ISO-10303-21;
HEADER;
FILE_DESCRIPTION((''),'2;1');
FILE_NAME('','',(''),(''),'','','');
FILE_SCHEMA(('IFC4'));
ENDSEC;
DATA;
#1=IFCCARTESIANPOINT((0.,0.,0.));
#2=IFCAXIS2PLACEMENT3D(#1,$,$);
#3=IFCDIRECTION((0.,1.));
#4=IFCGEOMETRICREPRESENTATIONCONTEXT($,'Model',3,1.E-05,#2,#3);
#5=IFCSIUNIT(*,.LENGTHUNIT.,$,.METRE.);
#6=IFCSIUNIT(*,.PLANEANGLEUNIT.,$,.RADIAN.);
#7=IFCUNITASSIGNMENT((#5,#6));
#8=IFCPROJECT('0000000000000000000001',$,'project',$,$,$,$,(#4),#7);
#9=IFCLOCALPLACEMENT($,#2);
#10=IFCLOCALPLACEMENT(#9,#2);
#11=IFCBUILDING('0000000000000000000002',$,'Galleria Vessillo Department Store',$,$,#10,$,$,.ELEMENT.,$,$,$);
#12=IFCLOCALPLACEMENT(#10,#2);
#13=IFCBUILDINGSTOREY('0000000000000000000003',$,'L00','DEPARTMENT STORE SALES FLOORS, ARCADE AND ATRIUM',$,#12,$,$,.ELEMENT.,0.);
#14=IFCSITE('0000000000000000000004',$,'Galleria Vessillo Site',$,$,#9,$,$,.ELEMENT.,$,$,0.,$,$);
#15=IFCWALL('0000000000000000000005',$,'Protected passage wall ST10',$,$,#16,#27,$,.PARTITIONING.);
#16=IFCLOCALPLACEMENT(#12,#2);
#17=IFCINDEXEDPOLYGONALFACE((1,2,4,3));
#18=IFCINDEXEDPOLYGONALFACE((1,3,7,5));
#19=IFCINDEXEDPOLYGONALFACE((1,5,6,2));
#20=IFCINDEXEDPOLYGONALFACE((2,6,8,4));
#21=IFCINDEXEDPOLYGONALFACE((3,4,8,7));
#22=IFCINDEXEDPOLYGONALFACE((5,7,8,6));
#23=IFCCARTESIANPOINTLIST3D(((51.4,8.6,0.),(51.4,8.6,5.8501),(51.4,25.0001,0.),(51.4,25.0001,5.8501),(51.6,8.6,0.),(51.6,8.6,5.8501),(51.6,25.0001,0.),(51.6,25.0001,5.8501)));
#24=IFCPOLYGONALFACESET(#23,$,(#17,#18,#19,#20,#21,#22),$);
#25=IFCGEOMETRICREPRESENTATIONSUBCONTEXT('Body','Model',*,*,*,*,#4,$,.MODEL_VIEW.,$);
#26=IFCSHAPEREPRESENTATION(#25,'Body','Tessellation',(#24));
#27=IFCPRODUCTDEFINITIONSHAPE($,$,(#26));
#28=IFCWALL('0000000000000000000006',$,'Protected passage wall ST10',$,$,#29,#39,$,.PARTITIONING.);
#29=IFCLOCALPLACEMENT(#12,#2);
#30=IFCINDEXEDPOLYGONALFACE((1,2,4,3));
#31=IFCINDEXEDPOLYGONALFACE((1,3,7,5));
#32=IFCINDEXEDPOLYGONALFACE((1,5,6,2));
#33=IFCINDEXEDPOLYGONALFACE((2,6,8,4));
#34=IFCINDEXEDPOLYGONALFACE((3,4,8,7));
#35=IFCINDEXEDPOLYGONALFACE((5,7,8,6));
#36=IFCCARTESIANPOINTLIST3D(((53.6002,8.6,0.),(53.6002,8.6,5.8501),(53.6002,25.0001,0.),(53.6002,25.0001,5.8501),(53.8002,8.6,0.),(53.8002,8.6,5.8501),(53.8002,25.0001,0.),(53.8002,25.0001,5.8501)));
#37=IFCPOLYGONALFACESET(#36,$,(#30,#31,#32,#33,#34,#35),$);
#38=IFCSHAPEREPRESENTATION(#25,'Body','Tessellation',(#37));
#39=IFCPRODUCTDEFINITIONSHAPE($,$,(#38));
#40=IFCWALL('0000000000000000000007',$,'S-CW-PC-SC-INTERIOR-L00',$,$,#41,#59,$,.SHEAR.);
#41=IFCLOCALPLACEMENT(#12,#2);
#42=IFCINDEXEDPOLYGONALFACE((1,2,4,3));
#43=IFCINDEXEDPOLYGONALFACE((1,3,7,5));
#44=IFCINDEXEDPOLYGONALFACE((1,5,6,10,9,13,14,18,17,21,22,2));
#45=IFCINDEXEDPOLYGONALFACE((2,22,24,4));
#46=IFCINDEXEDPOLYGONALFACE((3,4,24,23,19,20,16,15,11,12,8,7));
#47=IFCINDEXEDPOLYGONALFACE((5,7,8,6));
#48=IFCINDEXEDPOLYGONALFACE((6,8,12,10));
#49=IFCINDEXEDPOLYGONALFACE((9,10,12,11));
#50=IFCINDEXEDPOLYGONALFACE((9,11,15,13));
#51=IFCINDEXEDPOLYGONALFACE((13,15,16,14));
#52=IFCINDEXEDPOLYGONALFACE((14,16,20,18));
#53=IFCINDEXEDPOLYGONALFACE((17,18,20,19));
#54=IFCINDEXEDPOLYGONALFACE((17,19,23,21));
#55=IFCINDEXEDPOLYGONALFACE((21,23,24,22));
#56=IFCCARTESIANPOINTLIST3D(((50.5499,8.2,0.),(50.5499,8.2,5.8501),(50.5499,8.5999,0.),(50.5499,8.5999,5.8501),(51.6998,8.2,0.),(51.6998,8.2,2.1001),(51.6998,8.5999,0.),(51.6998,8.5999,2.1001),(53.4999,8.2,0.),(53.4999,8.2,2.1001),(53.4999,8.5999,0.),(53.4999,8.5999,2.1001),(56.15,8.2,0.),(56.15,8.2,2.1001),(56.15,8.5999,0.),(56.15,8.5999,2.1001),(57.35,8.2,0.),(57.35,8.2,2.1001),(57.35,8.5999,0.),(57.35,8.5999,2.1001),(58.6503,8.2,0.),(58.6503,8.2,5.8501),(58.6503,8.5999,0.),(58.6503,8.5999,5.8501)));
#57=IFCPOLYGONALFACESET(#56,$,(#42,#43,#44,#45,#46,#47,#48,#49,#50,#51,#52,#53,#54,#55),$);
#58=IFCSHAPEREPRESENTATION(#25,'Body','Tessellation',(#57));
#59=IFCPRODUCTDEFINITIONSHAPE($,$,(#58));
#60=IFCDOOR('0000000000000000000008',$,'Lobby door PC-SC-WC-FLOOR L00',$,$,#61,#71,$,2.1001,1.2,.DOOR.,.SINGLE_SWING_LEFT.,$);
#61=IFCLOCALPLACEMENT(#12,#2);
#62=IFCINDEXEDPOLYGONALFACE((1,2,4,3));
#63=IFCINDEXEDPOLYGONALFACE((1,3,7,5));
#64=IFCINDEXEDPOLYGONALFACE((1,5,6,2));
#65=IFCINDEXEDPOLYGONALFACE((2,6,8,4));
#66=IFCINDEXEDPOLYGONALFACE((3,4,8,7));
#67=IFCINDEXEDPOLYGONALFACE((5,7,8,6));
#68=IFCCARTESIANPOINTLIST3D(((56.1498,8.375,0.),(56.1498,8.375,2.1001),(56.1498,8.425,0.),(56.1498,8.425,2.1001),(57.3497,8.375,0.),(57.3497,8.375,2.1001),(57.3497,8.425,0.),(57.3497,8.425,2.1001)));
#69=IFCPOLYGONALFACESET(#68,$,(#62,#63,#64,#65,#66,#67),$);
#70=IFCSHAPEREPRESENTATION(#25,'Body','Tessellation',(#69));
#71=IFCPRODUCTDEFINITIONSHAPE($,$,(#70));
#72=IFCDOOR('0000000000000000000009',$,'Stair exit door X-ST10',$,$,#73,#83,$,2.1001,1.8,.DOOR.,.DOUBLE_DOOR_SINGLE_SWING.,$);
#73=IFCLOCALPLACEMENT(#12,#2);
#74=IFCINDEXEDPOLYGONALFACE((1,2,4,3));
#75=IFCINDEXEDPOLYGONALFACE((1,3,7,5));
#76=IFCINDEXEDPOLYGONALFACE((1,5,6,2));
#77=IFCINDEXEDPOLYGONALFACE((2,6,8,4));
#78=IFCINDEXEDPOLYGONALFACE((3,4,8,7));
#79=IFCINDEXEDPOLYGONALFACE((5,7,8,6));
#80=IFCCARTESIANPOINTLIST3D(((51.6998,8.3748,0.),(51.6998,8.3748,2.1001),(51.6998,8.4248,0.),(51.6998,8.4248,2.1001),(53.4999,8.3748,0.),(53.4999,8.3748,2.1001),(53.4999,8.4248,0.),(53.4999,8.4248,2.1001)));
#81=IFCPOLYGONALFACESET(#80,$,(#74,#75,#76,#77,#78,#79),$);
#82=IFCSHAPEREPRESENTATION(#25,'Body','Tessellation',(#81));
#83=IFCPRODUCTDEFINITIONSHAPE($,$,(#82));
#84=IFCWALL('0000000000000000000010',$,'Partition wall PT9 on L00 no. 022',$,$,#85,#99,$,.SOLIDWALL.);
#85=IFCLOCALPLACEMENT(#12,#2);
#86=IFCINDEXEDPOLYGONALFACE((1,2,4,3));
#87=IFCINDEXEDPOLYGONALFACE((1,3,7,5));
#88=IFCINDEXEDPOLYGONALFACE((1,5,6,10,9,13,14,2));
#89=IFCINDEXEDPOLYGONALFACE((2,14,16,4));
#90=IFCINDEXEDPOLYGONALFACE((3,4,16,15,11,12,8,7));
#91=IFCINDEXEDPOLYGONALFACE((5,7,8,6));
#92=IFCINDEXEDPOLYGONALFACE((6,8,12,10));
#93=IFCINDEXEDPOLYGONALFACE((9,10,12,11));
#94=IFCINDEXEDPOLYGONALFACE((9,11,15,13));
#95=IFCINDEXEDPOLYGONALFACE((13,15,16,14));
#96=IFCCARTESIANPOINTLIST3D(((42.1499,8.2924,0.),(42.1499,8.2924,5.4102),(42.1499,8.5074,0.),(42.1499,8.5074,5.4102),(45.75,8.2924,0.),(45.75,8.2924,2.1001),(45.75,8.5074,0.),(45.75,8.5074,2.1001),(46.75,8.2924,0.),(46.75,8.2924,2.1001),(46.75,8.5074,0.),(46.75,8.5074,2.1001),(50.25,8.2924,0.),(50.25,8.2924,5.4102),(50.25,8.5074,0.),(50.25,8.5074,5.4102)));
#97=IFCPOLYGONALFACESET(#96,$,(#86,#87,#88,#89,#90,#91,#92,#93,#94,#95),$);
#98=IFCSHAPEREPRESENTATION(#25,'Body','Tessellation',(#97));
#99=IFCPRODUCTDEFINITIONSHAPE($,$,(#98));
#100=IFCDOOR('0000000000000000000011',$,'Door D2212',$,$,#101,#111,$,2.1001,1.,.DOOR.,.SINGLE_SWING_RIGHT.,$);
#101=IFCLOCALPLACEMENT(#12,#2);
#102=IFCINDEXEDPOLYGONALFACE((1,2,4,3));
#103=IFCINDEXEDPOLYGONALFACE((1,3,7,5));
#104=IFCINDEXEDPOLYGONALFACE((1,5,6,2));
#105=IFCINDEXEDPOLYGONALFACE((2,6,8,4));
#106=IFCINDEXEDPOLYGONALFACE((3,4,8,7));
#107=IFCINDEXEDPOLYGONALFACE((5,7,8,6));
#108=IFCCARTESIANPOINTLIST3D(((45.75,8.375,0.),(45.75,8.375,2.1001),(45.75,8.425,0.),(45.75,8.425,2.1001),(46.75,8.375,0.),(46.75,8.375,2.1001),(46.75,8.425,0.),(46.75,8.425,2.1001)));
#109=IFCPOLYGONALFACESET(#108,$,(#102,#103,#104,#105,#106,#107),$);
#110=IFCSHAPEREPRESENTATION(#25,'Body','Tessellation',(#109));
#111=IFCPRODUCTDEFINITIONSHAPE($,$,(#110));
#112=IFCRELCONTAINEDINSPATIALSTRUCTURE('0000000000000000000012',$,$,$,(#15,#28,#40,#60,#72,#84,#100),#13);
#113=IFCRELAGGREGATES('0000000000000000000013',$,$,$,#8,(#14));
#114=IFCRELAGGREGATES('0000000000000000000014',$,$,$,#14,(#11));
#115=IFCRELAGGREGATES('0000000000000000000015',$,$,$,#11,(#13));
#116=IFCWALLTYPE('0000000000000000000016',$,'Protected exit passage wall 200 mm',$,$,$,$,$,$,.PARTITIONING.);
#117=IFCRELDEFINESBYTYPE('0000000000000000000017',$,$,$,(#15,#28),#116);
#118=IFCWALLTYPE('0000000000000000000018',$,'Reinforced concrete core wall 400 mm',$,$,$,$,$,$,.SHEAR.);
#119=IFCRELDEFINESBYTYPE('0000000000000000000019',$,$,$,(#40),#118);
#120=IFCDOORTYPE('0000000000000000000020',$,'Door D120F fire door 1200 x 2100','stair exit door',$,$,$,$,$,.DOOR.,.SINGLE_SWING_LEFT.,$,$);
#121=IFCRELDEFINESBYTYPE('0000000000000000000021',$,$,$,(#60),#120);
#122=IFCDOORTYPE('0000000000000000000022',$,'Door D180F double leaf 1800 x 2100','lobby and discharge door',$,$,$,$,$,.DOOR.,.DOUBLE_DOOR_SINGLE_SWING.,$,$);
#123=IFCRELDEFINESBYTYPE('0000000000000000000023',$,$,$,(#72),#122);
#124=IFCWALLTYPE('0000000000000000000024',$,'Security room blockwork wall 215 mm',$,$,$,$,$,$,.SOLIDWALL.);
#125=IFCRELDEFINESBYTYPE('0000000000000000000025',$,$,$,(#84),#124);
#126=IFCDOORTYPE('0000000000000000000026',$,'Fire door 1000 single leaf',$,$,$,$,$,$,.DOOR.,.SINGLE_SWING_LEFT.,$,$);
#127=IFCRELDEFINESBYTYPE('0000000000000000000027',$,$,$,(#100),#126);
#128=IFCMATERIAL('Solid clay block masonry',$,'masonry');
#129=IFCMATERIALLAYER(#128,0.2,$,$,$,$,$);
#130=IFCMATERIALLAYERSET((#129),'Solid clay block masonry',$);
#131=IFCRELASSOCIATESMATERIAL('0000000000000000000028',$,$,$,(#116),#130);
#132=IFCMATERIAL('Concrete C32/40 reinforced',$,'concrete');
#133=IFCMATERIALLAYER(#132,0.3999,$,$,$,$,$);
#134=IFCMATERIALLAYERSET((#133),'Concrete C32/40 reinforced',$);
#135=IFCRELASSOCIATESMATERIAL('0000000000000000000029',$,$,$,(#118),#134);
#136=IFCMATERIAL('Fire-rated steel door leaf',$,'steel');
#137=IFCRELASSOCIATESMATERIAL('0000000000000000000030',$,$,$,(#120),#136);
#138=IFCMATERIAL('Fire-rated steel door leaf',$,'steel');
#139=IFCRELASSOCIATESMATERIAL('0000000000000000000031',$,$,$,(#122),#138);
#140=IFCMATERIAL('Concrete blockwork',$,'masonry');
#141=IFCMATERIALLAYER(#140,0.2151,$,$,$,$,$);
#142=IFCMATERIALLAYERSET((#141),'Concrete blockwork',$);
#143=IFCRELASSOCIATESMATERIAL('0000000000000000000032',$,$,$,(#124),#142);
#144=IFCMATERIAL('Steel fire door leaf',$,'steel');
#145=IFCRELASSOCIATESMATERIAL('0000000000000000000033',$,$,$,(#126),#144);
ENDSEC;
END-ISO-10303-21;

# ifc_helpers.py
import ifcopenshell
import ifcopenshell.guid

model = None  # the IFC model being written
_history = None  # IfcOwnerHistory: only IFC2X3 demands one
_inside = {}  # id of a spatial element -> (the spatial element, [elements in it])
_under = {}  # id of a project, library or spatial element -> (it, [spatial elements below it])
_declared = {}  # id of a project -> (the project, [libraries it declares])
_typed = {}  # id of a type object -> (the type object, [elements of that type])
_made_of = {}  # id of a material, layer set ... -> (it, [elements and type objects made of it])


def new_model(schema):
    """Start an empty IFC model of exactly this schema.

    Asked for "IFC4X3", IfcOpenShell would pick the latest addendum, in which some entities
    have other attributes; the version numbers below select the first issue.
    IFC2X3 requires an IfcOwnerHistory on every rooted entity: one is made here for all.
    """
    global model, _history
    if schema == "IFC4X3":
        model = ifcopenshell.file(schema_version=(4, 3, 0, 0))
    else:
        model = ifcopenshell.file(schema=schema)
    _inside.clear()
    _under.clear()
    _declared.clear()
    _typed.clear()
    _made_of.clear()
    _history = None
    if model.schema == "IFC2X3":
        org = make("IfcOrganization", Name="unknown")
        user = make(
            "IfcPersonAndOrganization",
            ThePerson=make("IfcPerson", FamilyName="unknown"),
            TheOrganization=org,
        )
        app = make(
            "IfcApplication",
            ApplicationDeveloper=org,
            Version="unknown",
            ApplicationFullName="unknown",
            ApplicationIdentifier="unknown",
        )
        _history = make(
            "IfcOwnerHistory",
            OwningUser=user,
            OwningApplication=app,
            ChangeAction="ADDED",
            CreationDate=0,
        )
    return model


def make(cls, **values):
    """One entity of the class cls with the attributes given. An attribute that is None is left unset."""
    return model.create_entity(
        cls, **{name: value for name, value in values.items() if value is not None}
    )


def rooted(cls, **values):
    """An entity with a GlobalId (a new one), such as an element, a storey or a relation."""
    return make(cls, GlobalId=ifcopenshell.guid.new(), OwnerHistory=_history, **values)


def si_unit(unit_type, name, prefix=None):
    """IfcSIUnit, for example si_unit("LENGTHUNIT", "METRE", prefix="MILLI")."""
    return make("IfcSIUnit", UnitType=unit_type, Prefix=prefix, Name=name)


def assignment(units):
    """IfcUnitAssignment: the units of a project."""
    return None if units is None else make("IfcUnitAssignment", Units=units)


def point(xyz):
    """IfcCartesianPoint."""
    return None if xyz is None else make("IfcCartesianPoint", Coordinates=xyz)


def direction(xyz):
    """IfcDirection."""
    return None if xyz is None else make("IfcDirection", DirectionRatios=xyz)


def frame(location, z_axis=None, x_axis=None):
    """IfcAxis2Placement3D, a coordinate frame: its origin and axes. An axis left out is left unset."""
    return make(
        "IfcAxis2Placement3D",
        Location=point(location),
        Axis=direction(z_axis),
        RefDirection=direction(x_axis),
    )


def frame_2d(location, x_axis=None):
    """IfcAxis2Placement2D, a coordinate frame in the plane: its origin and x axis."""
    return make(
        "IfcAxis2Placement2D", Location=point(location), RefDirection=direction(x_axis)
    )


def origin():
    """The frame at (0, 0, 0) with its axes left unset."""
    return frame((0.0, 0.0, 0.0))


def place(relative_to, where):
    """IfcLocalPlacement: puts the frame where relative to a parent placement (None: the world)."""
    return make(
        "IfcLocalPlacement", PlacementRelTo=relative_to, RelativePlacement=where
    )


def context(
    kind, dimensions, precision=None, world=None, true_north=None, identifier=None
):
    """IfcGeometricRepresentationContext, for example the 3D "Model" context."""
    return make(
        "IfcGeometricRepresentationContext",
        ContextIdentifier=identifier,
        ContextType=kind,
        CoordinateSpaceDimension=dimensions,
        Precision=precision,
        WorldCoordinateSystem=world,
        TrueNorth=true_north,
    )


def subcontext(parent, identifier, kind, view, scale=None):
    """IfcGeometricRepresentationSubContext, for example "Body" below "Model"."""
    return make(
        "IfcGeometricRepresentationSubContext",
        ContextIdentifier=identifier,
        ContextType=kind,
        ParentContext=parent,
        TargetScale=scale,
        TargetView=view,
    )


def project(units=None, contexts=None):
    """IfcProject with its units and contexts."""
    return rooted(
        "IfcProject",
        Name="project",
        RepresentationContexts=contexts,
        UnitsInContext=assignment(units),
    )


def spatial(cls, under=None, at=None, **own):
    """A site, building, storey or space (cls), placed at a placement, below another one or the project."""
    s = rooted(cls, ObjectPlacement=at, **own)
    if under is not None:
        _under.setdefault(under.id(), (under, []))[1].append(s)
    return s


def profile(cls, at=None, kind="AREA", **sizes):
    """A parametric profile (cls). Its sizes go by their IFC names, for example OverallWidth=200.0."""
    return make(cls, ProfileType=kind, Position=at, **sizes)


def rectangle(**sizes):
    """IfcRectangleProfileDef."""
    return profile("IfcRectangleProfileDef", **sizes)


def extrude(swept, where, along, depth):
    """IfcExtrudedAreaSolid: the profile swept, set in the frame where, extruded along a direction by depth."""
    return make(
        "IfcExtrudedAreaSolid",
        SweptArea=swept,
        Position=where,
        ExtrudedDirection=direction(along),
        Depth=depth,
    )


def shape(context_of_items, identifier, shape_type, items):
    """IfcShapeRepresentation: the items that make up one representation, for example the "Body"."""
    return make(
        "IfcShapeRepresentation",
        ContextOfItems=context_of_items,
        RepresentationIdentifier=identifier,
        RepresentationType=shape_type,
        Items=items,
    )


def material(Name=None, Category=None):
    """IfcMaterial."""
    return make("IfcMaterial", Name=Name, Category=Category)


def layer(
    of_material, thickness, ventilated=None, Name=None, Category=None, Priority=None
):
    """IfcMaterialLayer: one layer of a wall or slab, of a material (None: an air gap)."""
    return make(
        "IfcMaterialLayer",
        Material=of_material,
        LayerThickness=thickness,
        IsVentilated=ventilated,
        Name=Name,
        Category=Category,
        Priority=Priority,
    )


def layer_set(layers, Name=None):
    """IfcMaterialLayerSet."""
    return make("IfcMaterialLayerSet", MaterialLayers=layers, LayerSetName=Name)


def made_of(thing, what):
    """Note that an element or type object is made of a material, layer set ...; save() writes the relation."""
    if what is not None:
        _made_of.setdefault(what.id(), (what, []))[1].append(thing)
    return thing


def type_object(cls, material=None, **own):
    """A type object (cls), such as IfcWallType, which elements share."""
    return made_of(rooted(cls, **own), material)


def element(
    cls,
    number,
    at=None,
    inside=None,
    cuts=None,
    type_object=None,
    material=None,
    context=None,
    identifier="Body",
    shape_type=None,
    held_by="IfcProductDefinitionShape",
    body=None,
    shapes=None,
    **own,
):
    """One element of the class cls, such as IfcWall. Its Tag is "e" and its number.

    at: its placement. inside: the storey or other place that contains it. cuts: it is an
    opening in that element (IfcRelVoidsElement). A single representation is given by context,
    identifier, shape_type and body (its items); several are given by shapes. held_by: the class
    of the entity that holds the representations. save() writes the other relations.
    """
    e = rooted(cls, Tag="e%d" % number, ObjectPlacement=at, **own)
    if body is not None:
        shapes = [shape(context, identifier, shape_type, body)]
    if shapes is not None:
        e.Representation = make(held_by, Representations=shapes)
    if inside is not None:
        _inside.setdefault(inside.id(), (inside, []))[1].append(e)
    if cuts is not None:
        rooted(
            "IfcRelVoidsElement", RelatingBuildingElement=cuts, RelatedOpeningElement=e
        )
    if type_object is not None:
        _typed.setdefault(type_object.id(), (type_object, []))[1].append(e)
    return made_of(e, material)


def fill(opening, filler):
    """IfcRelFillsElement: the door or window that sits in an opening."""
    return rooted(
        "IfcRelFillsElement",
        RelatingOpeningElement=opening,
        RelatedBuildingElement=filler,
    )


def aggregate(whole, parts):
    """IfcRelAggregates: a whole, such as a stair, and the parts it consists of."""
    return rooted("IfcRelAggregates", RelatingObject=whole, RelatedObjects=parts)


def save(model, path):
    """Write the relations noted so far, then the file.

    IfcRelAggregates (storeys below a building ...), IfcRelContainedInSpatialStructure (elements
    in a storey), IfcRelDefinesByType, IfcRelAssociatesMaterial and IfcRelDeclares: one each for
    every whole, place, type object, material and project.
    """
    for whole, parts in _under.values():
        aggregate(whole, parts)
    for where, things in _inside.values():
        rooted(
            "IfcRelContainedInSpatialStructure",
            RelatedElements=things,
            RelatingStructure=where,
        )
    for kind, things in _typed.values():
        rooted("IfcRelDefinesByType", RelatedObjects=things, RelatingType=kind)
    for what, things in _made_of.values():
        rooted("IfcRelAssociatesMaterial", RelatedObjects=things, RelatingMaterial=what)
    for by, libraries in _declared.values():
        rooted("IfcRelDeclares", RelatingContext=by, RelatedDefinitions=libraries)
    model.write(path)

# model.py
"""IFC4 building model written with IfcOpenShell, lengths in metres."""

from ifc_helpers import new_model, si_unit, direction, frame, frame_2d, origin, place, context, subcontext, project, spatial, rectangle, extrude, material, layer, layer_set, type_object, element, fill, save


model = new_model("IFC4")

# Units and contexts
model_context = context("Model", 3, precision=1e-05, world=origin(), true_north=direction((0.0, 1.0)))
body_context = subcontext(model_context, "Body", "Model", "MODEL_VIEW")
ifc_project = project(units=[si_unit("LENGTHUNIT", "METRE"), si_unit("PLANEANGLEUNIT", "RADIAN")], contexts=[model_context])

# Site, building, storey
site_placement = place(None, origin())
site = spatial("IfcSite", under=ifc_project, at=site_placement, Name="Galleria Vessillo Site", CompositionType="ELEMENT", RefElevation=0.0)
building_placement = place(site_placement, origin())
building = spatial("IfcBuilding", under=site, at=building_placement, Name="Galleria Vessillo Department Store", CompositionType="ELEMENT")
storey_placement = place(building_placement, origin())
storey = spatial("IfcBuildingStorey", under=building, at=storey_placement, Name="L00", Description="DEPARTMENT STORE SALES FLOORS, ARCADE AND ATRIUM", CompositionType="ELEMENT", Elevation=0.0)

# Walls
ifc_material_1 = material(Name="Solid clay block masonry", Category="masonry")
ifc_layer_1 = layer(ifc_material_1, 0.2)
ifc_layer_set_1 = layer_set([ifc_layer_1], Name="Solid clay block masonry")
wall_type_1 = type_object("IfcWallType", Name="Protected exit passage wall 200 mm", PredefinedType="PARTITIONING", material=ifc_layer_set_1)
for number, where, z_axis, x_axis, name in (
    (1, (51.5, 8.5999, 0.0), (0.0, 0.0, 1.0), (0.0, 1.0, 0.0), "Protected passage wall ST10"),
    (2, (53.7002, 8.5999, 0.0), (0.0, 0.0, 1.0), (0.0, 1.0, 0.0), "Protected passage wall ST10"),
):
    element("IfcWall", number, at=place(storey_placement, frame(where, z_axis=z_axis, x_axis=x_axis)), inside=storey, type_object=wall_type_1, Name=name, PredefinedType="PARTITIONING", context=body_context, shape_type="SweptSolid", body=[
        extrude(rectangle(XDim=16.4001, YDim=0.2, at=frame_2d((8.2002, 0.0))), origin(), (0.0, 0.0, 1.0), 5.8501),
    ])

# Wall, openings, doors
ifc_material_2 = material(Name="Concrete C32/40 reinforced", Category="concrete")
ifc_layer_2 = layer(ifc_material_2, 0.3999)
ifc_layer_set_2 = layer_set([ifc_layer_2], Name="Concrete C32/40 reinforced")
wall_type_2 = type_object("IfcWallType", Name="Reinforced concrete core wall 400 mm", PredefinedType="SHEAR", material=ifc_layer_set_2)
wall_1_placement = place(storey_placement, frame((50.5498, 8.3999, 0.0), z_axis=(0.0, 0.0, 1.0), x_axis=(1.0, 0.0, 0.0)))
wall_1 = element("IfcWall", 3, at=wall_1_placement, inside=storey, type_object=wall_type_2, Name="S-CW-PC-SC-INTERIOR-L00", PredefinedType="SHEAR", context=body_context, shape_type="SweptSolid", body=[
    extrude(rectangle(XDim=8.1003, YDim=0.3999, at=frame_2d((4.0503, 0.0))), origin(), (0.0, 0.0, 1.0), 5.8501),
])
opening_1_placement = place(wall_1_placement, frame((5.6001, 0.0, 0.0)))
opening_1 = element("IfcOpeningElement", 4, at=opening_1_placement, cuts=wall_1, PredefinedType="OPENING", context=body_context, shape_type="SweptSolid", body=[
    extrude(rectangle(XDim=1.2, YDim=2.1001, at=frame_2d((0.6001, 1.05))), frame((0.0, 0.21, 0.0), z_axis=(0.0, -1.0, 0.0), x_axis=(1.0, 0.0, 0.0)), (0.0, 0.0, 1.0), 0.4199),
])
opening_2_placement = place(wall_1_placement, frame((1.1501, 0.0, 0.0)))
opening_2 = element("IfcOpeningElement", 5, at=opening_2_placement, cuts=wall_1, PredefinedType="OPENING", context=body_context, shape_type="SweptSolid", body=[
    extrude(rectangle(XDim=1.8, YDim=2.1001, at=frame_2d((0.8999, 1.05))), frame((0.0, 0.21, 0.0), z_axis=(0.0, -1.0, 0.0), x_axis=(1.0, 0.0, 0.0)), (0.0, 0.0, 1.0), 0.4199),
])
ifc_material_3 = material(Name="Fire-rated steel door leaf", Category="steel")
door_type_1 = type_object("IfcDoorType", Name="Door D120F fire door 1200 x 2100", Description="stair exit door", OperationType="SINGLE_SWING_LEFT", PredefinedType="DOOR", material=ifc_material_3)
door_1_placement = place(opening_1_placement, frame((1.2, 0.0, 0.0), z_axis=(0.0, 0.0, 1.0), x_axis=(-1.0, 0.0, 0.0)))
door_1 = element("IfcDoor", 6, at=door_1_placement, inside=storey, type_object=door_type_1, Name="Lobby door PC-SC-WC-FLOOR L00", OperationType="SINGLE_SWING_LEFT", OverallHeight=2.1001, OverallWidth=1.2, PredefinedType="DOOR", context=body_context, shape_type="SweptSolid", body=[
    extrude(rectangle(XDim=1.2, YDim=2.1001, at=frame_2d((0.6001, 1.05))), frame((0.0, 0.0249, 0.0), z_axis=(0.0, -1.0, 0.0), x_axis=(1.0, 0.0, 0.0)), (0.0, 0.0, 1.0), 0.05),
])
fill(opening_1, door_1)
ifc_material_4 = material(Name="Fire-rated steel door leaf", Category="steel")
door_type_2 = type_object("IfcDoorType", Name="Door D180F double leaf 1800 x 2100", Description="lobby and discharge door", OperationType="DOUBLE_DOOR_SINGLE_SWING", PredefinedType="DOOR", material=ifc_material_4)
door_2_placement = place(opening_2_placement, origin())
door_2 = element("IfcDoor", 7, at=door_2_placement, inside=storey, type_object=door_type_2, Name="Stair exit door X-ST10", OperationType="DOUBLE_DOOR_SINGLE_SWING", OverallHeight=2.1001, OverallWidth=1.8, PredefinedType="DOOR", context=body_context, shape_type="SweptSolid", body=[
    extrude(rectangle(XDim=1.8, YDim=2.1001, at=frame_2d((0.8999, 1.05))), frame((0.0, 0.0249, 0.0), z_axis=(0.0, -1.0, 0.0), x_axis=(1.0, 0.0, 0.0)), (0.0, 0.0, 1.0), 0.05),
])
fill(opening_2, door_2)

# Wall, opening, door
ifc_material_5 = material(Name="Concrete blockwork", Category="masonry")
ifc_layer_3 = layer(ifc_material_5, 0.2151)
ifc_layer_set_3 = layer_set([ifc_layer_3], Name="Concrete blockwork")
wall_type_3 = type_object("IfcWallType", Name="Security room blockwork wall 215 mm", PredefinedType="SOLIDWALL", material=ifc_layer_set_3)
wall_2_placement = place(storey_placement, frame((42.1499, 8.3999, 0.0), z_axis=(0.0, 0.0, 1.0), x_axis=(1.0, 0.0, 0.0)))
wall_2 = element("IfcWall", 8, at=wall_2_placement, inside=storey, type_object=wall_type_3, Name="Partition wall PT9 on L00 no. 022", PredefinedType="SOLIDWALL", context=body_context, shape_type="SweptSolid", body=[
    extrude(rectangle(XDim=8.1001, YDim=0.2151, at=frame_2d((4.05, 0.0))), origin(), (0.0, 0.0, 1.0), 5.4102),
])
opening_3_placement = place(wall_2_placement, frame((3.6001, 0.0, 0.0)))
opening_3 = element("IfcOpeningElement", 9, at=opening_3_placement, cuts=wall_2, PredefinedType="OPENING", context=body_context, shape_type="SweptSolid", body=[
    extrude(rectangle(XDim=1.0, YDim=2.1001, at=frame_2d((0.5, 1.05))), frame((0.0, 0.1177, 0.0), z_axis=(0.0, -1.0, 0.0), x_axis=(1.0, 0.0, 0.0)), (0.0, 0.0, 1.0), 0.2351),
])
ifc_material_6 = material(Name="Steel fire door leaf", Category="steel")
door_type_3 = type_object("IfcDoorType", Name="Fire door 1000 single leaf", OperationType="SINGLE_SWING_LEFT", PredefinedType="DOOR", material=ifc_material_6)
door_3_placement = place(opening_3_placement, frame((1.0, 0.0, 0.0), z_axis=(0.0, 0.0, 1.0), x_axis=(-1.0, 0.0, 0.0)))
door_3 = element("IfcDoor", 10, at=door_3_placement, inside=storey, type_object=door_type_3, Name="Door D2212", OperationType="SINGLE_SWING_RIGHT", OverallHeight=2.1001, OverallWidth=1.0, PredefinedType="DOOR", context=body_context, shape_type="SweptSolid", body=[
    extrude(rectangle(XDim=1.0, YDim=2.1001, at=frame_2d((0.5, 1.05))), frame((0.0, 0.0249, 0.0), z_axis=(0.0, -1.0, 0.0), x_axis=(1.0, 0.0, 0.0)), (0.0, 0.0, 1.0), 0.05),
])
fill(opening_3, door_3)

save(model, "model.ifc")
